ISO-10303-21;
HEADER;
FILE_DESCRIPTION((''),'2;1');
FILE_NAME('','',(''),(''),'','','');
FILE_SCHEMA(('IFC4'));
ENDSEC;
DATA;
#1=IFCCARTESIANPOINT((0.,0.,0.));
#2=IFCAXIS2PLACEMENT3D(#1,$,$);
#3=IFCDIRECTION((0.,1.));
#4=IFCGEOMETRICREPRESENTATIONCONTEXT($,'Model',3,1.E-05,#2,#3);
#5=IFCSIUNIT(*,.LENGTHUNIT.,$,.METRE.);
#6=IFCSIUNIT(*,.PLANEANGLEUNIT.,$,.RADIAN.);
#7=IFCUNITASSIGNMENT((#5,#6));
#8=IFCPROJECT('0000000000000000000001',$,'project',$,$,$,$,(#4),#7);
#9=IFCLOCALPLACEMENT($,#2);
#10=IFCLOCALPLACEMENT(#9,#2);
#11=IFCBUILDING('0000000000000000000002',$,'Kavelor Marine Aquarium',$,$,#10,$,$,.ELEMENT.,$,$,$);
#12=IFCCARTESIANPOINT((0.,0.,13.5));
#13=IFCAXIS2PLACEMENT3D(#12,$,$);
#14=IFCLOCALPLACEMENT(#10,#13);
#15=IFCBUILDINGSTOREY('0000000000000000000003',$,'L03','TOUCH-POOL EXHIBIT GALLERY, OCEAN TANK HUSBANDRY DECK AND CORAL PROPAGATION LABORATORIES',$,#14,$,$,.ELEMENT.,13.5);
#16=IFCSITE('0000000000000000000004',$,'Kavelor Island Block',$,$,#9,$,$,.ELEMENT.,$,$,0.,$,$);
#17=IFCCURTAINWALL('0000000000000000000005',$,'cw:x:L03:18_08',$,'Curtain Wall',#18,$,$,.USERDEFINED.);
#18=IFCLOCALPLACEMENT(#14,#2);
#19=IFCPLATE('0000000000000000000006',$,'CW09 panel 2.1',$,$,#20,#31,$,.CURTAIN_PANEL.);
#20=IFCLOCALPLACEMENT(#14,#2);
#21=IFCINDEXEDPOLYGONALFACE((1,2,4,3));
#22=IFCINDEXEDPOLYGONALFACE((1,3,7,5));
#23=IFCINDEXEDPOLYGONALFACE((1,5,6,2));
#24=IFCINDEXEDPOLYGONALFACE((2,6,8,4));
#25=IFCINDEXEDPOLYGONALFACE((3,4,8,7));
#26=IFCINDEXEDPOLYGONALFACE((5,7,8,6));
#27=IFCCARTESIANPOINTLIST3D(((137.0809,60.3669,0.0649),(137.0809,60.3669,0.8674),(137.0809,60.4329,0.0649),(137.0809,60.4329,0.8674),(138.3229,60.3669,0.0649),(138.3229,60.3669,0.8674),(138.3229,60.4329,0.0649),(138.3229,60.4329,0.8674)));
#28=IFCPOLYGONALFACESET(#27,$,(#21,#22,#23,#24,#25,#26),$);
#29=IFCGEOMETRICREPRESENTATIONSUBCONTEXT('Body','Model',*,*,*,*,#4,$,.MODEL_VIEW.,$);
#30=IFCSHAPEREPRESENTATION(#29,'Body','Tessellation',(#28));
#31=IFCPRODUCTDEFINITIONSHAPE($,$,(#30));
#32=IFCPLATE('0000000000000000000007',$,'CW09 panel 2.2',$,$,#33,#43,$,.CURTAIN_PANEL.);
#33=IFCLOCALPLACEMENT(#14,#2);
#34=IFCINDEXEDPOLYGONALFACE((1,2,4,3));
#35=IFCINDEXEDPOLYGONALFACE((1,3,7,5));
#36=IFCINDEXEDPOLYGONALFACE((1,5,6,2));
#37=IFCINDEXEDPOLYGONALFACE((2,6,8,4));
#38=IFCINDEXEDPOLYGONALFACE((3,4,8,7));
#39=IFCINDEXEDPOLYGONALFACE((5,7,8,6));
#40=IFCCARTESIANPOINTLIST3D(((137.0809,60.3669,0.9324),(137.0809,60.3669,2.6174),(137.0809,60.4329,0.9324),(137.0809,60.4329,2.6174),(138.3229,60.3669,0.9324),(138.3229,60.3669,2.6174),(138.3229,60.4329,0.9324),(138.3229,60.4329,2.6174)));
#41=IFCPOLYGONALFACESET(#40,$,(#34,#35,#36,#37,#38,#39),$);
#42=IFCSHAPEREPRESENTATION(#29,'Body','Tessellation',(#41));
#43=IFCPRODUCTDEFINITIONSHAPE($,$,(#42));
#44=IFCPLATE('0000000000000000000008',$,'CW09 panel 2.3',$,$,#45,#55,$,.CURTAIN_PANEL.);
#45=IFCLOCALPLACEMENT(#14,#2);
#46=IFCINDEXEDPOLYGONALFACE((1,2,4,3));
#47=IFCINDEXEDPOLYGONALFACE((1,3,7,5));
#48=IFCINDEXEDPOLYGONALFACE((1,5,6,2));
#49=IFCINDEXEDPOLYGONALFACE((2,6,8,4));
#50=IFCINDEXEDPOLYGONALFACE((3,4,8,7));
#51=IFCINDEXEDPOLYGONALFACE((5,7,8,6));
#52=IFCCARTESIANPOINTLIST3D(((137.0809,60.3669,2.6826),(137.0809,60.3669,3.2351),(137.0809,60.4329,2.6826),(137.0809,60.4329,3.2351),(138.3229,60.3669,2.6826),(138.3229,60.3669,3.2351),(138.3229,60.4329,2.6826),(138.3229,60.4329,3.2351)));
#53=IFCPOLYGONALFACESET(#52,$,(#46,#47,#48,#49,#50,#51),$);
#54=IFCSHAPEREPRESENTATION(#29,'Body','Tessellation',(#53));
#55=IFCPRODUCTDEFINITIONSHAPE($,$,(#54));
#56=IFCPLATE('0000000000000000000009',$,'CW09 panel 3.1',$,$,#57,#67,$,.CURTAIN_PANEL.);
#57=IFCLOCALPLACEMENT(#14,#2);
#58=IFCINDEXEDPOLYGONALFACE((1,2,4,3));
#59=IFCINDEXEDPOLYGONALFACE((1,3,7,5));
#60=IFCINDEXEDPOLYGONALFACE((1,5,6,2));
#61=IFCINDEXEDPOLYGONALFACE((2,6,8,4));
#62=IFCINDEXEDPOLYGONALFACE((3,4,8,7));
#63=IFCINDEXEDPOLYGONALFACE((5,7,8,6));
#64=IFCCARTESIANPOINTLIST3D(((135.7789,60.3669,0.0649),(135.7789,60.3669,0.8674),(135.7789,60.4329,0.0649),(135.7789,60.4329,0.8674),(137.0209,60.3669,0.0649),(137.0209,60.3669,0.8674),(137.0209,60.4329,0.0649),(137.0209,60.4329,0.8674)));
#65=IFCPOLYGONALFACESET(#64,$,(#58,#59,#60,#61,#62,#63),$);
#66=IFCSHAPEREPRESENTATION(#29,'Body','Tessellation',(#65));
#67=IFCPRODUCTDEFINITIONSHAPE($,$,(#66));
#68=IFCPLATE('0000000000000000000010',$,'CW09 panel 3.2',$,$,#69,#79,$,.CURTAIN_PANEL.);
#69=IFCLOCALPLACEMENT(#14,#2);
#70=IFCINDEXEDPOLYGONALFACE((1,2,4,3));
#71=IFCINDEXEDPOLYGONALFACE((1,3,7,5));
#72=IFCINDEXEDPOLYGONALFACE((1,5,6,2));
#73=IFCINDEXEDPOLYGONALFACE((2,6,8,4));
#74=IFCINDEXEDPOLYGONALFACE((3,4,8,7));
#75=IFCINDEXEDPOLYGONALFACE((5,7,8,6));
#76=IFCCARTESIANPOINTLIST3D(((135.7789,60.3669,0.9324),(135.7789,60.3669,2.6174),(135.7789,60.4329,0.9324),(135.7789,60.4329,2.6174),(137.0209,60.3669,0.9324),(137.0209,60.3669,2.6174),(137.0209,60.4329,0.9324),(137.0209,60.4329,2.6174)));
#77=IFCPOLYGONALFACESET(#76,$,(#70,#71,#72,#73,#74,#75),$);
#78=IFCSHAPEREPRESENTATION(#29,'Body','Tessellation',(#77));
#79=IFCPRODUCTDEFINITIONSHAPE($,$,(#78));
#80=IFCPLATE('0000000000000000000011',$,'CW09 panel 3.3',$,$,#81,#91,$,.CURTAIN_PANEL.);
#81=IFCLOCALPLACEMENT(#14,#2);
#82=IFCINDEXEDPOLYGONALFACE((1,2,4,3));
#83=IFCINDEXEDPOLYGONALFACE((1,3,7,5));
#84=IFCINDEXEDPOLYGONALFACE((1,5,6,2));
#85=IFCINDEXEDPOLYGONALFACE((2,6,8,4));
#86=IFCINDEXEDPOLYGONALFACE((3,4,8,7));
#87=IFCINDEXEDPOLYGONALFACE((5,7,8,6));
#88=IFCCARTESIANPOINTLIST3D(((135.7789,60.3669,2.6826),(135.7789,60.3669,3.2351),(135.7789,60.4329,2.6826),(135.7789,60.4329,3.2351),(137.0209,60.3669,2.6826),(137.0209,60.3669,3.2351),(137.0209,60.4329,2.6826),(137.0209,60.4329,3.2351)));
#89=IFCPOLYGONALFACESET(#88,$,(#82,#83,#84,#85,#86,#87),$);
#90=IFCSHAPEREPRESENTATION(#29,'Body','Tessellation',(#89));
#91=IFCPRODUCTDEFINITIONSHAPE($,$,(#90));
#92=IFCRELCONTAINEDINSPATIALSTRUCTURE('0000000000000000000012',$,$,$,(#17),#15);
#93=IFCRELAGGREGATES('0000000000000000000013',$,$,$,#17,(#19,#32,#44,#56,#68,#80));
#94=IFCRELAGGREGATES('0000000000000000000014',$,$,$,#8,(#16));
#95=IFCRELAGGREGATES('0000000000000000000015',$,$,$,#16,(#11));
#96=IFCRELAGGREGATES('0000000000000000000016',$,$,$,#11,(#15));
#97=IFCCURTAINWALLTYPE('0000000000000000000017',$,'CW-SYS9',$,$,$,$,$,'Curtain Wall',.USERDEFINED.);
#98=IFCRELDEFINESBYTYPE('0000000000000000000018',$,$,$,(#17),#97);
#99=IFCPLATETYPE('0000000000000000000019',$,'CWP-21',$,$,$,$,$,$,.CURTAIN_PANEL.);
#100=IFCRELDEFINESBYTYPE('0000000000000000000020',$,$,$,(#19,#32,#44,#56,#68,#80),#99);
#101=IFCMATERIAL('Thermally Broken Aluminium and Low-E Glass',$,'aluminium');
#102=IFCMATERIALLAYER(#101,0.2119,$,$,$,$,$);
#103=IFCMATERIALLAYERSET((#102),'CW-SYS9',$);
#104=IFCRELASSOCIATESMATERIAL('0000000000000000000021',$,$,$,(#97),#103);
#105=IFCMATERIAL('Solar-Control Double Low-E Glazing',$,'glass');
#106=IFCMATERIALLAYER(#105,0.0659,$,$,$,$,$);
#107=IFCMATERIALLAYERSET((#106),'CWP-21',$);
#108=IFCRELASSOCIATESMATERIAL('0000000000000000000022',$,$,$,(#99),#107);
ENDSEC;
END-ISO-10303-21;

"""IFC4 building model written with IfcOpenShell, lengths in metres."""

from ifc_helpers import new_model, si_unit, direction, frame, origin, origin_2d, place, context, subcontext, project, spatial, rectangle, extrude, material, layer, layer_set, type_object, element, aggregate, save


model = new_model("IFC4")

# Units and contexts
model_context = context("Model", 3, precision=1e-05, world=origin(), true_north=direction((0.0, 1.0)))
body_context = subcontext(model_context, "Body", "Model", "MODEL_VIEW")
ifc_project = project(units=[si_unit("LENGTHUNIT", "METRE"), si_unit("PLANEANGLEUNIT", "RADIAN")], contexts=[model_context])

# Site, building, storey
site_placement = place(None, origin())
site = spatial("IfcSite", under=ifc_project, at=site_placement, Name="Kavelor Island Block", CompositionType="ELEMENT", RefElevation=0.0)
building_placement = place(site_placement, origin())
building = spatial("IfcBuilding", under=site, at=building_placement, Name="Kavelor Marine Aquarium", CompositionType="ELEMENT")
storey_placement = place(building_placement, frame((0.0, 0.0, 13.5)))
storey = spatial("IfcBuildingStorey", under=building, at=storey_placement, Name="L03", Description="TOUCH-POOL EXHIBIT GALLERY, OCEAN TANK HUSBANDRY DECK AND CORAL PROPAGATION LABORATORIES", CompositionType="ELEMENT", Elevation=13.5)

# Curtain wall, plates
ifc_material_1 = material(Name="Thermally Broken Aluminium and Low-E Glass", Category="aluminium")
ifc_layer_1 = layer(ifc_material_1, 0.2119)
ifc_layer_set_1 = layer_set([ifc_layer_1], Name="CW-SYS9")
curtain_wall_type = type_object("IfcCurtainWallType", Name="CW-SYS9", ElementType="Curtain Wall", PredefinedType="USERDEFINED", material=ifc_layer_set_1)
curtain_wall_placement = place(storey_placement, origin())
curtain_wall = element("IfcCurtainWall", 1, at=curtain_wall_placement, inside=storey, type_object=curtain_wall_type, Name="cw:x:L03:18_08", ObjectType="Curtain Wall", PredefinedType="USERDEFINED")
ifc_material_2 = material(Name="Solar-Control Double Low-E Glazing", Category="glass")
ifc_layer_2 = layer(ifc_material_2, 0.0659)
ifc_layer_set_2 = layer_set([ifc_layer_2], Name="CWP-21")
plate_type = type_object("IfcPlateType", Name="CWP-21", PredefinedType="CURTAIN_PANEL", material=ifc_layer_set_2)
plate_1_placement = place(storey_placement, frame((137.7019, 60.3999, 0.0649), z_axis=(0.0, 0.0, 1.0), x_axis=(-1.0, 0.0, 0.0)))
plate_1 = element("IfcPlate", 2, at=plate_1_placement, type_object=plate_type, Name="CW09 panel 2.1", PredefinedType="CURTAIN_PANEL", context=body_context, shape_type="SweptSolid", body=[
    extrude(rectangle(XDim=1.2419, YDim=0.0659, at=origin_2d()), origin(), (0.0, 0.0, 1.0), 0.8025),
])
plate_2_placement = place(storey_placement, frame((137.7019, 60.3999, 0.9324), z_axis=(0.0, 0.0, 1.0), x_axis=(-1.0, 0.0, 0.0)))
plate_2 = element("IfcPlate", 3, at=plate_2_placement, type_object=plate_type, Name="CW09 panel 2.2", PredefinedType="CURTAIN_PANEL", context=body_context, shape_type="SweptSolid", body=[
    extrude(rectangle(XDim=1.2419, YDim=0.0659, at=origin_2d()), origin(), (0.0, 0.0, 1.0), 1.6851),
])
plate_3_placement = place(storey_placement, frame((137.7019, 60.3999, 2.6826), z_axis=(0.0, 0.0, 1.0), x_axis=(-1.0, 0.0, 0.0)))
plate_3 = element("IfcPlate", 4, at=plate_3_placement, type_object=plate_type, Name="CW09 panel 2.3", PredefinedType="CURTAIN_PANEL", context=body_context, shape_type="SweptSolid", body=[
    extrude(rectangle(XDim=1.2419, YDim=0.0659, at=origin_2d()), origin(), (0.0, 0.0, 1.0), 0.5525),
])
plate_4_placement = place(storey_placement, frame((136.3999, 60.3999, 0.0649), z_axis=(0.0, 0.0, 1.0), x_axis=(-1.0, 0.0, 0.0)))
plate_4 = element("IfcPlate", 5, at=plate_4_placement, type_object=plate_type, Name="CW09 panel 3.1", PredefinedType="CURTAIN_PANEL", context=body_context, shape_type="SweptSolid", body=[
    extrude(rectangle(XDim=1.2419, YDim=0.0659, at=origin_2d()), origin(), (0.0, 0.0, 1.0), 0.8025),
])
plate_5_placement = place(storey_placement, frame((136.3999, 60.3999, 0.9324), z_axis=(0.0, 0.0, 1.0), x_axis=(-1.0, 0.0, 0.0)))
plate_5 = element("IfcPlate", 6, at=plate_5_placement, type_object=plate_type, Name="CW09 panel 3.2", PredefinedType="CURTAIN_PANEL", context=body_context, shape_type="SweptSolid", body=[
    extrude(rectangle(XDim=1.2419, YDim=0.0659, at=origin_2d()), origin(), (0.0, 0.0, 1.0), 1.6851),
])
plate_6_placement = place(storey_placement, frame((136.3999, 60.3999, 2.6826), z_axis=(0.0, 0.0, 1.0), x_axis=(-1.0, 0.0, 0.0)))
plate_6 = element("IfcPlate", 7, at=plate_6_placement, type_object=plate_type, Name="CW09 panel 3.3", PredefinedType="CURTAIN_PANEL", context=body_context, shape_type="SweptSolid", body=[
    extrude(rectangle(XDim=1.2419, YDim=0.0659, at=origin_2d()), origin(), (0.0, 0.0, 1.0), 0.5525),
])
aggregate(curtain_wall, [plate_1, plate_2, plate_3, plate_4, plate_5, plate_6])

save(model, "model.ifc")
